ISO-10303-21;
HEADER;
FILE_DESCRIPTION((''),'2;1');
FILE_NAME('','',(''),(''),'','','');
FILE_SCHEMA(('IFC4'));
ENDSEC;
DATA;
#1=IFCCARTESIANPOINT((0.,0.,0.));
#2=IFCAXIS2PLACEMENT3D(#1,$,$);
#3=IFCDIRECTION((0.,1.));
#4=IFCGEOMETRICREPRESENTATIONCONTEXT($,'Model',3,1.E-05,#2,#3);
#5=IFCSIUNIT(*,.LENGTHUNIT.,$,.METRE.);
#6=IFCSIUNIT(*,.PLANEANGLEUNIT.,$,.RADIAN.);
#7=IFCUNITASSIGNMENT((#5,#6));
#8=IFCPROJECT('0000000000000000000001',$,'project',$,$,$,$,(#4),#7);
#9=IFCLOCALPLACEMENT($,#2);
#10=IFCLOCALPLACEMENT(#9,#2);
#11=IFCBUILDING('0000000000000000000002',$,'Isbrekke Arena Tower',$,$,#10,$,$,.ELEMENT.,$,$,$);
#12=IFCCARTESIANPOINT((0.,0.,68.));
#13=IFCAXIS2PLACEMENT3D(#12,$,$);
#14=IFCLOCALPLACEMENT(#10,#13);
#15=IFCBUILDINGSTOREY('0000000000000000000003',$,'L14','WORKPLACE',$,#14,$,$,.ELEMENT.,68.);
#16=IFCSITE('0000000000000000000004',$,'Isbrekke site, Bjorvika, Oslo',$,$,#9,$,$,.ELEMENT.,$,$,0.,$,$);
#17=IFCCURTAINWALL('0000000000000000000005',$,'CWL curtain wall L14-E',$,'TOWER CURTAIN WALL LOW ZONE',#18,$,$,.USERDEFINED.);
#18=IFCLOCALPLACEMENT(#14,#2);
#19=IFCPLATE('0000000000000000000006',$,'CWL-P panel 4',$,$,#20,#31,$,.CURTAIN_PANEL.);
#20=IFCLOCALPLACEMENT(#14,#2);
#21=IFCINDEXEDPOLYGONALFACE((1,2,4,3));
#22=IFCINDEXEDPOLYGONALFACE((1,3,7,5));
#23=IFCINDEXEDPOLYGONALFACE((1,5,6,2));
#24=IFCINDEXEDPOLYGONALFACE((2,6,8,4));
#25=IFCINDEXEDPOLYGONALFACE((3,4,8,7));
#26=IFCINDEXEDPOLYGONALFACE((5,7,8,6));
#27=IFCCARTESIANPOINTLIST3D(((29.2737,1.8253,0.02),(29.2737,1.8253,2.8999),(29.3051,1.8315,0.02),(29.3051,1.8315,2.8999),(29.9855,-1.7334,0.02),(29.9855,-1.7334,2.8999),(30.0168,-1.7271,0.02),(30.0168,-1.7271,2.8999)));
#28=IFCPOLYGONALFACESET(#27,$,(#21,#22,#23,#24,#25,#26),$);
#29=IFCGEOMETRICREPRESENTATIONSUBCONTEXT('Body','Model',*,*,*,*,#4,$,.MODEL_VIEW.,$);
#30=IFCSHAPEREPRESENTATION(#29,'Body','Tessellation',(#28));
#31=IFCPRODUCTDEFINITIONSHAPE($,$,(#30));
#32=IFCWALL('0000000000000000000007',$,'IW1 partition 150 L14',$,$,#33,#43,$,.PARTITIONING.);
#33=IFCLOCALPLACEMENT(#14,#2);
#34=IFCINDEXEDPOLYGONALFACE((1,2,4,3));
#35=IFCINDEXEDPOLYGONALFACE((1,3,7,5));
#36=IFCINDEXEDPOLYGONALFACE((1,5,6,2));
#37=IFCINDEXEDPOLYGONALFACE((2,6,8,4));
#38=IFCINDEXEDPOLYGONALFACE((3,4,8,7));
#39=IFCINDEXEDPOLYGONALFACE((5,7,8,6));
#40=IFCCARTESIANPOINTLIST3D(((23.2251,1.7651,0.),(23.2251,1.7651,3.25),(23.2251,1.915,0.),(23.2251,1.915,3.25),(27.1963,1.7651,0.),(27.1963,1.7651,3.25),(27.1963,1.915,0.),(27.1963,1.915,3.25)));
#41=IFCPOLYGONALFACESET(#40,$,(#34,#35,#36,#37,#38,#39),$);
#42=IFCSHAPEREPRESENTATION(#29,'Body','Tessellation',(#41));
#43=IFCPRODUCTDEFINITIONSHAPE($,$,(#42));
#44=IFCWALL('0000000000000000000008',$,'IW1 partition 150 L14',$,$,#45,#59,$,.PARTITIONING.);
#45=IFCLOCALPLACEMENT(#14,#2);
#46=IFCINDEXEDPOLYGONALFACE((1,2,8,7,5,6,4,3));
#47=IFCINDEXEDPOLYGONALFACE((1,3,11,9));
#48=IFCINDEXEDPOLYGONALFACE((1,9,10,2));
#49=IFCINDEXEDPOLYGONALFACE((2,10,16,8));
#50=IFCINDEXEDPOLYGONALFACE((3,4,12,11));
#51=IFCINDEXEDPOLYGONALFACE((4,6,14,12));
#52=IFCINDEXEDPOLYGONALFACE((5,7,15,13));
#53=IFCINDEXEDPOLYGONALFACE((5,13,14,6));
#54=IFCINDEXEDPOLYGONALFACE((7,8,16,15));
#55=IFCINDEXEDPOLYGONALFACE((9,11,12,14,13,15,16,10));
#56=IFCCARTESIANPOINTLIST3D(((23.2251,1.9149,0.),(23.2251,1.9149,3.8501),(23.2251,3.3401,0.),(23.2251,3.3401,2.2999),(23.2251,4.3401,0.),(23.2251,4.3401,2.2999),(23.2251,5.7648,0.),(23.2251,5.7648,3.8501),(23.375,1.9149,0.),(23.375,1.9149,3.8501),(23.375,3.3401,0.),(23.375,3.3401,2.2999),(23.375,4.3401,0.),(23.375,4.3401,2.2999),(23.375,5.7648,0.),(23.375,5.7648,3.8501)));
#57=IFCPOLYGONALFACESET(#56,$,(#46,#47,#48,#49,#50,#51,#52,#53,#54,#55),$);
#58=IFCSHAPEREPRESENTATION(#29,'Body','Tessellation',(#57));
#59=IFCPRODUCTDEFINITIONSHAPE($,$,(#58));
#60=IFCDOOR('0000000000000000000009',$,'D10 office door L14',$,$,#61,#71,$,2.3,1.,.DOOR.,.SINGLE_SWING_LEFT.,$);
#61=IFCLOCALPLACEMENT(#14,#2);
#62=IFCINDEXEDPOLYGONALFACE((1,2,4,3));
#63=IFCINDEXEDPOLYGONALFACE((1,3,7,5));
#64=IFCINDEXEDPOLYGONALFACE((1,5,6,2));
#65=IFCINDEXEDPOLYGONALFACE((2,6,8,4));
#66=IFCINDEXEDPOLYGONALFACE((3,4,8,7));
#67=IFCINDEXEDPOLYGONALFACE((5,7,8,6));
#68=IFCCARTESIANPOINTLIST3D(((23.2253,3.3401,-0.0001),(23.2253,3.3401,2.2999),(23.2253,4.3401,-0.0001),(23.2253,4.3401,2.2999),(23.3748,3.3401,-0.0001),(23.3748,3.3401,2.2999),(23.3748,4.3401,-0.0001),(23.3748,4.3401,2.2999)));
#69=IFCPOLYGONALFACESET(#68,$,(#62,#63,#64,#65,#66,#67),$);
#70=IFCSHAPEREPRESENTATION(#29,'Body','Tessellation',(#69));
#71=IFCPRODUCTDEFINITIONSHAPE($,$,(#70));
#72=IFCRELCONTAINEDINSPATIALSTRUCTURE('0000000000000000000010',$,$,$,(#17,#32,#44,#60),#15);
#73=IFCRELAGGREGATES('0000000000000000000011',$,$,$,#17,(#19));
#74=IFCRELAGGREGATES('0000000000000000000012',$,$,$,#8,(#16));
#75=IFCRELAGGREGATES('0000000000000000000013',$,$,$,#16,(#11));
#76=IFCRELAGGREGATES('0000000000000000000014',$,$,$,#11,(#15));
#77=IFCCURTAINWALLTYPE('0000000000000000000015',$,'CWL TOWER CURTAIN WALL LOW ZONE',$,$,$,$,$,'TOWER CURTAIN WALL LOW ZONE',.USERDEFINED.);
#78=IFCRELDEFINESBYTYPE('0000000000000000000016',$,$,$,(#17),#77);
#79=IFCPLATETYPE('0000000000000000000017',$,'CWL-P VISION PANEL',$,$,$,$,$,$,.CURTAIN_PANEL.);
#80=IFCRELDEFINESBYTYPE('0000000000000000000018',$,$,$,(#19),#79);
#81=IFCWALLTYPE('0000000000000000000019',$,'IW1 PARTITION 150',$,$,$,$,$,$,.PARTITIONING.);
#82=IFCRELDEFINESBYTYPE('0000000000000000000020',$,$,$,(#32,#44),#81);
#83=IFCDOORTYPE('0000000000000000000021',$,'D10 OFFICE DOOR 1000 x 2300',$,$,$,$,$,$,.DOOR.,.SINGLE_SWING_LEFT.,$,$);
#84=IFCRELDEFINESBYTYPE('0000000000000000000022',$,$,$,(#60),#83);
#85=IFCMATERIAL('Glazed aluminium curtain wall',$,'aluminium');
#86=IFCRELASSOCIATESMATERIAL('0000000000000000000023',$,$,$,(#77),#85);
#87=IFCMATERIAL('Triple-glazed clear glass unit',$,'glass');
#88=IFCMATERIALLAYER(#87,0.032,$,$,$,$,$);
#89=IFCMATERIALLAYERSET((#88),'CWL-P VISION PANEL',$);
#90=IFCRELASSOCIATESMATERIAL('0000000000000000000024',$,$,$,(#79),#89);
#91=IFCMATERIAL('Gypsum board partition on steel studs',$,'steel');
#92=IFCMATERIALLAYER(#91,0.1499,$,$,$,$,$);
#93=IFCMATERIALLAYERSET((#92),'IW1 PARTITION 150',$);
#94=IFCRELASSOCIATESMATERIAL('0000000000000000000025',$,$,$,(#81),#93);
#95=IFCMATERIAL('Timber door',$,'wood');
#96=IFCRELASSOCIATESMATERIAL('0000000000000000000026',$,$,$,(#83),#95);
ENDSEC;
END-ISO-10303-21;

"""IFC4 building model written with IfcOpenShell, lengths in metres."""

from ifc_helpers import new_model, si_unit, direction, frame, frame_2d, origin, origin_2d, place, context, subcontext, project, spatial, rectangle, extrude, material, layer, layer_set, type_object, element, fill, aggregate, save


model = new_model("IFC4")

# Units and contexts
model_context = context("Model", 3, precision=1e-05, world=origin(), true_north=direction((0.0, 1.0)))
body_context = subcontext(model_context, "Body", "Model", "MODEL_VIEW")
ifc_project = project(units=[si_unit("LENGTHUNIT", "METRE"), si_unit("PLANEANGLEUNIT", "RADIAN")], contexts=[model_context])

# Site, building, storey
site_placement = place(None, origin())
site = spatial("IfcSite", under=ifc_project, at=site_placement, Name="Isbrekke site, Bjorvika, Oslo", CompositionType="ELEMENT", RefElevation=0.0)
building_placement = place(site_placement, origin())
building = spatial("IfcBuilding", under=site, at=building_placement, Name="Isbrekke Arena Tower", CompositionType="ELEMENT")
storey_placement = place(building_placement, frame((0.0, 0.0, 68.0)))
storey = spatial("IfcBuildingStorey", under=building, at=storey_placement, Name="L14", Description="WORKPLACE", CompositionType="ELEMENT", Elevation=68.0)

# Curtain wall
ifc_material_1 = material(Name="Glazed aluminium curtain wall", Category="aluminium")
curtain_wall_type = type_object("IfcCurtainWallType", Name="CWL TOWER CURTAIN WALL LOW ZONE", ElementType="TOWER CURTAIN WALL LOW ZONE", PredefinedType="USERDEFINED", material=ifc_material_1)
curtain_wall_placement = place(storey_placement, origin())
curtain_wall = element("IfcCurtainWall", 1, at=curtain_wall_placement, inside=storey, type_object=curtain_wall_type, Name="CWL curtain wall L14-E", ObjectType="TOWER CURTAIN WALL LOW ZONE", PredefinedType="USERDEFINED")

# Plate
ifc_material_2 = material(Name="Triple-glazed clear glass unit", Category="glass")
ifc_layer_1 = layer(ifc_material_2, 0.032)
ifc_layer_set_1 = layer_set([ifc_layer_1], Name="CWL-P VISION PANEL")
plate_type = type_object("IfcPlateType", Name="CWL-P VISION PANEL", PredefinedType="CURTAIN_PANEL", material=ifc_layer_set_1)
plate_1_placement = place(storey_placement, frame((29.6453, 0.0491, 0.02), z_axis=(0.0, 0.0, 1.0), x_axis=(-0.196116, 0.980581, 0.0)))
plate_1 = element("IfcPlate", 2, at=plate_1_placement, type_object=plate_type, Name="CWL-P panel 4", PredefinedType="CURTAIN_PANEL", context=body_context, shape_type="SweptSolid", body=[
    extrude(rectangle(XDim=3.6292, YDim=0.032, at=origin_2d()), origin(), (0.0, 0.0, 1.0), 2.8799),
])
aggregate(curtain_wall, [plate_1])

# Wall
ifc_material_3 = material(Name="Gypsum board partition on steel studs", Category="steel")
ifc_layer_2 = layer(ifc_material_3, 0.1499)
ifc_layer_set_2 = layer_set([ifc_layer_2], Name="IW1 PARTITION 150")
wall_type = type_object("IfcWallType", Name="IW1 PARTITION 150", PredefinedType="PARTITIONING", material=ifc_layer_set_2)
wall_1_placement = place(storey_placement, frame((23.2251, 1.8401, 0.0), z_axis=(0.0, 0.0, 1.0), x_axis=(1.0, 0.0, 0.0)))
element("IfcWall", 3, at=wall_1_placement, inside=storey, type_object=wall_type, Name="IW1 partition 150 L14", PredefinedType="PARTITIONING", context=body_context, shape_type="SweptSolid", body=[
    extrude(rectangle(XDim=3.9712, YDim=0.1499, at=frame_2d((1.9856, 0.0))), origin(), (0.0, 0.0, 1.0), 3.25),
])

# Wall, opening, door
wall_2_placement = place(storey_placement, frame((23.3, 1.915, 0.0), z_axis=(0.0, 0.0, 1.0), x_axis=(0.0, 1.0, 0.0)))
wall_2 = element("IfcWall", 4, at=wall_2_placement, inside=storey, type_object=wall_type, Name="IW1 partition 150 L14", PredefinedType="PARTITIONING", context=body_context, shape_type="SweptSolid", body=[
    extrude(rectangle(XDim=3.8499, YDim=0.1499, at=frame_2d((1.9248, 0.0))), origin(), (0.0, 0.0, 1.0), 3.8501),
])
opening_placement = place(wall_2_placement, frame((1.425, 0.0, 0.0)))
opening = element("IfcOpeningElement", 5, at=opening_placement, cuts=wall_2, PredefinedType="OPENING", context=body_context, shape_type="SweptSolid", body=[
    extrude(rectangle(XDim=1.0, YDim=2.3, at=frame_2d((0.5, 1.1499))), frame((0.0, 0.0898, 0.0), z_axis=(0.0, -1.0, 0.0), x_axis=(1.0, 0.0, 0.0)), (0.0, 0.0, 1.0), 0.1797),
])
ifc_material_4 = material(Name="Timber door", Category="wood")
door_type = type_object("IfcDoorType", Name="D10 OFFICE DOOR 1000 x 2300", OperationType="SINGLE_SWING_LEFT", PredefinedType="DOOR", material=ifc_material_4)
door_placement = place(opening_placement, origin())
door = element("IfcDoor", 6, at=door_placement, inside=storey, type_object=door_type, Name="D10 office door L14", OperationType="SINGLE_SWING_LEFT", OverallHeight=2.3, OverallWidth=1.0, PredefinedType="DOOR", context=body_context, shape_type="SweptSolid", body=[
    extrude(rectangle(XDim=1.0, YDim=2.3, at=frame_2d((0.5, 1.1499))), frame((0.0, 0.0747, 0.0), z_axis=(0.0, -1.0, 0.0), x_axis=(1.0, 0.0, 0.0)), (0.0, 0.0, 1.0), 0.1494),
])
fill(opening, door)

save(model, "model.ifc")
